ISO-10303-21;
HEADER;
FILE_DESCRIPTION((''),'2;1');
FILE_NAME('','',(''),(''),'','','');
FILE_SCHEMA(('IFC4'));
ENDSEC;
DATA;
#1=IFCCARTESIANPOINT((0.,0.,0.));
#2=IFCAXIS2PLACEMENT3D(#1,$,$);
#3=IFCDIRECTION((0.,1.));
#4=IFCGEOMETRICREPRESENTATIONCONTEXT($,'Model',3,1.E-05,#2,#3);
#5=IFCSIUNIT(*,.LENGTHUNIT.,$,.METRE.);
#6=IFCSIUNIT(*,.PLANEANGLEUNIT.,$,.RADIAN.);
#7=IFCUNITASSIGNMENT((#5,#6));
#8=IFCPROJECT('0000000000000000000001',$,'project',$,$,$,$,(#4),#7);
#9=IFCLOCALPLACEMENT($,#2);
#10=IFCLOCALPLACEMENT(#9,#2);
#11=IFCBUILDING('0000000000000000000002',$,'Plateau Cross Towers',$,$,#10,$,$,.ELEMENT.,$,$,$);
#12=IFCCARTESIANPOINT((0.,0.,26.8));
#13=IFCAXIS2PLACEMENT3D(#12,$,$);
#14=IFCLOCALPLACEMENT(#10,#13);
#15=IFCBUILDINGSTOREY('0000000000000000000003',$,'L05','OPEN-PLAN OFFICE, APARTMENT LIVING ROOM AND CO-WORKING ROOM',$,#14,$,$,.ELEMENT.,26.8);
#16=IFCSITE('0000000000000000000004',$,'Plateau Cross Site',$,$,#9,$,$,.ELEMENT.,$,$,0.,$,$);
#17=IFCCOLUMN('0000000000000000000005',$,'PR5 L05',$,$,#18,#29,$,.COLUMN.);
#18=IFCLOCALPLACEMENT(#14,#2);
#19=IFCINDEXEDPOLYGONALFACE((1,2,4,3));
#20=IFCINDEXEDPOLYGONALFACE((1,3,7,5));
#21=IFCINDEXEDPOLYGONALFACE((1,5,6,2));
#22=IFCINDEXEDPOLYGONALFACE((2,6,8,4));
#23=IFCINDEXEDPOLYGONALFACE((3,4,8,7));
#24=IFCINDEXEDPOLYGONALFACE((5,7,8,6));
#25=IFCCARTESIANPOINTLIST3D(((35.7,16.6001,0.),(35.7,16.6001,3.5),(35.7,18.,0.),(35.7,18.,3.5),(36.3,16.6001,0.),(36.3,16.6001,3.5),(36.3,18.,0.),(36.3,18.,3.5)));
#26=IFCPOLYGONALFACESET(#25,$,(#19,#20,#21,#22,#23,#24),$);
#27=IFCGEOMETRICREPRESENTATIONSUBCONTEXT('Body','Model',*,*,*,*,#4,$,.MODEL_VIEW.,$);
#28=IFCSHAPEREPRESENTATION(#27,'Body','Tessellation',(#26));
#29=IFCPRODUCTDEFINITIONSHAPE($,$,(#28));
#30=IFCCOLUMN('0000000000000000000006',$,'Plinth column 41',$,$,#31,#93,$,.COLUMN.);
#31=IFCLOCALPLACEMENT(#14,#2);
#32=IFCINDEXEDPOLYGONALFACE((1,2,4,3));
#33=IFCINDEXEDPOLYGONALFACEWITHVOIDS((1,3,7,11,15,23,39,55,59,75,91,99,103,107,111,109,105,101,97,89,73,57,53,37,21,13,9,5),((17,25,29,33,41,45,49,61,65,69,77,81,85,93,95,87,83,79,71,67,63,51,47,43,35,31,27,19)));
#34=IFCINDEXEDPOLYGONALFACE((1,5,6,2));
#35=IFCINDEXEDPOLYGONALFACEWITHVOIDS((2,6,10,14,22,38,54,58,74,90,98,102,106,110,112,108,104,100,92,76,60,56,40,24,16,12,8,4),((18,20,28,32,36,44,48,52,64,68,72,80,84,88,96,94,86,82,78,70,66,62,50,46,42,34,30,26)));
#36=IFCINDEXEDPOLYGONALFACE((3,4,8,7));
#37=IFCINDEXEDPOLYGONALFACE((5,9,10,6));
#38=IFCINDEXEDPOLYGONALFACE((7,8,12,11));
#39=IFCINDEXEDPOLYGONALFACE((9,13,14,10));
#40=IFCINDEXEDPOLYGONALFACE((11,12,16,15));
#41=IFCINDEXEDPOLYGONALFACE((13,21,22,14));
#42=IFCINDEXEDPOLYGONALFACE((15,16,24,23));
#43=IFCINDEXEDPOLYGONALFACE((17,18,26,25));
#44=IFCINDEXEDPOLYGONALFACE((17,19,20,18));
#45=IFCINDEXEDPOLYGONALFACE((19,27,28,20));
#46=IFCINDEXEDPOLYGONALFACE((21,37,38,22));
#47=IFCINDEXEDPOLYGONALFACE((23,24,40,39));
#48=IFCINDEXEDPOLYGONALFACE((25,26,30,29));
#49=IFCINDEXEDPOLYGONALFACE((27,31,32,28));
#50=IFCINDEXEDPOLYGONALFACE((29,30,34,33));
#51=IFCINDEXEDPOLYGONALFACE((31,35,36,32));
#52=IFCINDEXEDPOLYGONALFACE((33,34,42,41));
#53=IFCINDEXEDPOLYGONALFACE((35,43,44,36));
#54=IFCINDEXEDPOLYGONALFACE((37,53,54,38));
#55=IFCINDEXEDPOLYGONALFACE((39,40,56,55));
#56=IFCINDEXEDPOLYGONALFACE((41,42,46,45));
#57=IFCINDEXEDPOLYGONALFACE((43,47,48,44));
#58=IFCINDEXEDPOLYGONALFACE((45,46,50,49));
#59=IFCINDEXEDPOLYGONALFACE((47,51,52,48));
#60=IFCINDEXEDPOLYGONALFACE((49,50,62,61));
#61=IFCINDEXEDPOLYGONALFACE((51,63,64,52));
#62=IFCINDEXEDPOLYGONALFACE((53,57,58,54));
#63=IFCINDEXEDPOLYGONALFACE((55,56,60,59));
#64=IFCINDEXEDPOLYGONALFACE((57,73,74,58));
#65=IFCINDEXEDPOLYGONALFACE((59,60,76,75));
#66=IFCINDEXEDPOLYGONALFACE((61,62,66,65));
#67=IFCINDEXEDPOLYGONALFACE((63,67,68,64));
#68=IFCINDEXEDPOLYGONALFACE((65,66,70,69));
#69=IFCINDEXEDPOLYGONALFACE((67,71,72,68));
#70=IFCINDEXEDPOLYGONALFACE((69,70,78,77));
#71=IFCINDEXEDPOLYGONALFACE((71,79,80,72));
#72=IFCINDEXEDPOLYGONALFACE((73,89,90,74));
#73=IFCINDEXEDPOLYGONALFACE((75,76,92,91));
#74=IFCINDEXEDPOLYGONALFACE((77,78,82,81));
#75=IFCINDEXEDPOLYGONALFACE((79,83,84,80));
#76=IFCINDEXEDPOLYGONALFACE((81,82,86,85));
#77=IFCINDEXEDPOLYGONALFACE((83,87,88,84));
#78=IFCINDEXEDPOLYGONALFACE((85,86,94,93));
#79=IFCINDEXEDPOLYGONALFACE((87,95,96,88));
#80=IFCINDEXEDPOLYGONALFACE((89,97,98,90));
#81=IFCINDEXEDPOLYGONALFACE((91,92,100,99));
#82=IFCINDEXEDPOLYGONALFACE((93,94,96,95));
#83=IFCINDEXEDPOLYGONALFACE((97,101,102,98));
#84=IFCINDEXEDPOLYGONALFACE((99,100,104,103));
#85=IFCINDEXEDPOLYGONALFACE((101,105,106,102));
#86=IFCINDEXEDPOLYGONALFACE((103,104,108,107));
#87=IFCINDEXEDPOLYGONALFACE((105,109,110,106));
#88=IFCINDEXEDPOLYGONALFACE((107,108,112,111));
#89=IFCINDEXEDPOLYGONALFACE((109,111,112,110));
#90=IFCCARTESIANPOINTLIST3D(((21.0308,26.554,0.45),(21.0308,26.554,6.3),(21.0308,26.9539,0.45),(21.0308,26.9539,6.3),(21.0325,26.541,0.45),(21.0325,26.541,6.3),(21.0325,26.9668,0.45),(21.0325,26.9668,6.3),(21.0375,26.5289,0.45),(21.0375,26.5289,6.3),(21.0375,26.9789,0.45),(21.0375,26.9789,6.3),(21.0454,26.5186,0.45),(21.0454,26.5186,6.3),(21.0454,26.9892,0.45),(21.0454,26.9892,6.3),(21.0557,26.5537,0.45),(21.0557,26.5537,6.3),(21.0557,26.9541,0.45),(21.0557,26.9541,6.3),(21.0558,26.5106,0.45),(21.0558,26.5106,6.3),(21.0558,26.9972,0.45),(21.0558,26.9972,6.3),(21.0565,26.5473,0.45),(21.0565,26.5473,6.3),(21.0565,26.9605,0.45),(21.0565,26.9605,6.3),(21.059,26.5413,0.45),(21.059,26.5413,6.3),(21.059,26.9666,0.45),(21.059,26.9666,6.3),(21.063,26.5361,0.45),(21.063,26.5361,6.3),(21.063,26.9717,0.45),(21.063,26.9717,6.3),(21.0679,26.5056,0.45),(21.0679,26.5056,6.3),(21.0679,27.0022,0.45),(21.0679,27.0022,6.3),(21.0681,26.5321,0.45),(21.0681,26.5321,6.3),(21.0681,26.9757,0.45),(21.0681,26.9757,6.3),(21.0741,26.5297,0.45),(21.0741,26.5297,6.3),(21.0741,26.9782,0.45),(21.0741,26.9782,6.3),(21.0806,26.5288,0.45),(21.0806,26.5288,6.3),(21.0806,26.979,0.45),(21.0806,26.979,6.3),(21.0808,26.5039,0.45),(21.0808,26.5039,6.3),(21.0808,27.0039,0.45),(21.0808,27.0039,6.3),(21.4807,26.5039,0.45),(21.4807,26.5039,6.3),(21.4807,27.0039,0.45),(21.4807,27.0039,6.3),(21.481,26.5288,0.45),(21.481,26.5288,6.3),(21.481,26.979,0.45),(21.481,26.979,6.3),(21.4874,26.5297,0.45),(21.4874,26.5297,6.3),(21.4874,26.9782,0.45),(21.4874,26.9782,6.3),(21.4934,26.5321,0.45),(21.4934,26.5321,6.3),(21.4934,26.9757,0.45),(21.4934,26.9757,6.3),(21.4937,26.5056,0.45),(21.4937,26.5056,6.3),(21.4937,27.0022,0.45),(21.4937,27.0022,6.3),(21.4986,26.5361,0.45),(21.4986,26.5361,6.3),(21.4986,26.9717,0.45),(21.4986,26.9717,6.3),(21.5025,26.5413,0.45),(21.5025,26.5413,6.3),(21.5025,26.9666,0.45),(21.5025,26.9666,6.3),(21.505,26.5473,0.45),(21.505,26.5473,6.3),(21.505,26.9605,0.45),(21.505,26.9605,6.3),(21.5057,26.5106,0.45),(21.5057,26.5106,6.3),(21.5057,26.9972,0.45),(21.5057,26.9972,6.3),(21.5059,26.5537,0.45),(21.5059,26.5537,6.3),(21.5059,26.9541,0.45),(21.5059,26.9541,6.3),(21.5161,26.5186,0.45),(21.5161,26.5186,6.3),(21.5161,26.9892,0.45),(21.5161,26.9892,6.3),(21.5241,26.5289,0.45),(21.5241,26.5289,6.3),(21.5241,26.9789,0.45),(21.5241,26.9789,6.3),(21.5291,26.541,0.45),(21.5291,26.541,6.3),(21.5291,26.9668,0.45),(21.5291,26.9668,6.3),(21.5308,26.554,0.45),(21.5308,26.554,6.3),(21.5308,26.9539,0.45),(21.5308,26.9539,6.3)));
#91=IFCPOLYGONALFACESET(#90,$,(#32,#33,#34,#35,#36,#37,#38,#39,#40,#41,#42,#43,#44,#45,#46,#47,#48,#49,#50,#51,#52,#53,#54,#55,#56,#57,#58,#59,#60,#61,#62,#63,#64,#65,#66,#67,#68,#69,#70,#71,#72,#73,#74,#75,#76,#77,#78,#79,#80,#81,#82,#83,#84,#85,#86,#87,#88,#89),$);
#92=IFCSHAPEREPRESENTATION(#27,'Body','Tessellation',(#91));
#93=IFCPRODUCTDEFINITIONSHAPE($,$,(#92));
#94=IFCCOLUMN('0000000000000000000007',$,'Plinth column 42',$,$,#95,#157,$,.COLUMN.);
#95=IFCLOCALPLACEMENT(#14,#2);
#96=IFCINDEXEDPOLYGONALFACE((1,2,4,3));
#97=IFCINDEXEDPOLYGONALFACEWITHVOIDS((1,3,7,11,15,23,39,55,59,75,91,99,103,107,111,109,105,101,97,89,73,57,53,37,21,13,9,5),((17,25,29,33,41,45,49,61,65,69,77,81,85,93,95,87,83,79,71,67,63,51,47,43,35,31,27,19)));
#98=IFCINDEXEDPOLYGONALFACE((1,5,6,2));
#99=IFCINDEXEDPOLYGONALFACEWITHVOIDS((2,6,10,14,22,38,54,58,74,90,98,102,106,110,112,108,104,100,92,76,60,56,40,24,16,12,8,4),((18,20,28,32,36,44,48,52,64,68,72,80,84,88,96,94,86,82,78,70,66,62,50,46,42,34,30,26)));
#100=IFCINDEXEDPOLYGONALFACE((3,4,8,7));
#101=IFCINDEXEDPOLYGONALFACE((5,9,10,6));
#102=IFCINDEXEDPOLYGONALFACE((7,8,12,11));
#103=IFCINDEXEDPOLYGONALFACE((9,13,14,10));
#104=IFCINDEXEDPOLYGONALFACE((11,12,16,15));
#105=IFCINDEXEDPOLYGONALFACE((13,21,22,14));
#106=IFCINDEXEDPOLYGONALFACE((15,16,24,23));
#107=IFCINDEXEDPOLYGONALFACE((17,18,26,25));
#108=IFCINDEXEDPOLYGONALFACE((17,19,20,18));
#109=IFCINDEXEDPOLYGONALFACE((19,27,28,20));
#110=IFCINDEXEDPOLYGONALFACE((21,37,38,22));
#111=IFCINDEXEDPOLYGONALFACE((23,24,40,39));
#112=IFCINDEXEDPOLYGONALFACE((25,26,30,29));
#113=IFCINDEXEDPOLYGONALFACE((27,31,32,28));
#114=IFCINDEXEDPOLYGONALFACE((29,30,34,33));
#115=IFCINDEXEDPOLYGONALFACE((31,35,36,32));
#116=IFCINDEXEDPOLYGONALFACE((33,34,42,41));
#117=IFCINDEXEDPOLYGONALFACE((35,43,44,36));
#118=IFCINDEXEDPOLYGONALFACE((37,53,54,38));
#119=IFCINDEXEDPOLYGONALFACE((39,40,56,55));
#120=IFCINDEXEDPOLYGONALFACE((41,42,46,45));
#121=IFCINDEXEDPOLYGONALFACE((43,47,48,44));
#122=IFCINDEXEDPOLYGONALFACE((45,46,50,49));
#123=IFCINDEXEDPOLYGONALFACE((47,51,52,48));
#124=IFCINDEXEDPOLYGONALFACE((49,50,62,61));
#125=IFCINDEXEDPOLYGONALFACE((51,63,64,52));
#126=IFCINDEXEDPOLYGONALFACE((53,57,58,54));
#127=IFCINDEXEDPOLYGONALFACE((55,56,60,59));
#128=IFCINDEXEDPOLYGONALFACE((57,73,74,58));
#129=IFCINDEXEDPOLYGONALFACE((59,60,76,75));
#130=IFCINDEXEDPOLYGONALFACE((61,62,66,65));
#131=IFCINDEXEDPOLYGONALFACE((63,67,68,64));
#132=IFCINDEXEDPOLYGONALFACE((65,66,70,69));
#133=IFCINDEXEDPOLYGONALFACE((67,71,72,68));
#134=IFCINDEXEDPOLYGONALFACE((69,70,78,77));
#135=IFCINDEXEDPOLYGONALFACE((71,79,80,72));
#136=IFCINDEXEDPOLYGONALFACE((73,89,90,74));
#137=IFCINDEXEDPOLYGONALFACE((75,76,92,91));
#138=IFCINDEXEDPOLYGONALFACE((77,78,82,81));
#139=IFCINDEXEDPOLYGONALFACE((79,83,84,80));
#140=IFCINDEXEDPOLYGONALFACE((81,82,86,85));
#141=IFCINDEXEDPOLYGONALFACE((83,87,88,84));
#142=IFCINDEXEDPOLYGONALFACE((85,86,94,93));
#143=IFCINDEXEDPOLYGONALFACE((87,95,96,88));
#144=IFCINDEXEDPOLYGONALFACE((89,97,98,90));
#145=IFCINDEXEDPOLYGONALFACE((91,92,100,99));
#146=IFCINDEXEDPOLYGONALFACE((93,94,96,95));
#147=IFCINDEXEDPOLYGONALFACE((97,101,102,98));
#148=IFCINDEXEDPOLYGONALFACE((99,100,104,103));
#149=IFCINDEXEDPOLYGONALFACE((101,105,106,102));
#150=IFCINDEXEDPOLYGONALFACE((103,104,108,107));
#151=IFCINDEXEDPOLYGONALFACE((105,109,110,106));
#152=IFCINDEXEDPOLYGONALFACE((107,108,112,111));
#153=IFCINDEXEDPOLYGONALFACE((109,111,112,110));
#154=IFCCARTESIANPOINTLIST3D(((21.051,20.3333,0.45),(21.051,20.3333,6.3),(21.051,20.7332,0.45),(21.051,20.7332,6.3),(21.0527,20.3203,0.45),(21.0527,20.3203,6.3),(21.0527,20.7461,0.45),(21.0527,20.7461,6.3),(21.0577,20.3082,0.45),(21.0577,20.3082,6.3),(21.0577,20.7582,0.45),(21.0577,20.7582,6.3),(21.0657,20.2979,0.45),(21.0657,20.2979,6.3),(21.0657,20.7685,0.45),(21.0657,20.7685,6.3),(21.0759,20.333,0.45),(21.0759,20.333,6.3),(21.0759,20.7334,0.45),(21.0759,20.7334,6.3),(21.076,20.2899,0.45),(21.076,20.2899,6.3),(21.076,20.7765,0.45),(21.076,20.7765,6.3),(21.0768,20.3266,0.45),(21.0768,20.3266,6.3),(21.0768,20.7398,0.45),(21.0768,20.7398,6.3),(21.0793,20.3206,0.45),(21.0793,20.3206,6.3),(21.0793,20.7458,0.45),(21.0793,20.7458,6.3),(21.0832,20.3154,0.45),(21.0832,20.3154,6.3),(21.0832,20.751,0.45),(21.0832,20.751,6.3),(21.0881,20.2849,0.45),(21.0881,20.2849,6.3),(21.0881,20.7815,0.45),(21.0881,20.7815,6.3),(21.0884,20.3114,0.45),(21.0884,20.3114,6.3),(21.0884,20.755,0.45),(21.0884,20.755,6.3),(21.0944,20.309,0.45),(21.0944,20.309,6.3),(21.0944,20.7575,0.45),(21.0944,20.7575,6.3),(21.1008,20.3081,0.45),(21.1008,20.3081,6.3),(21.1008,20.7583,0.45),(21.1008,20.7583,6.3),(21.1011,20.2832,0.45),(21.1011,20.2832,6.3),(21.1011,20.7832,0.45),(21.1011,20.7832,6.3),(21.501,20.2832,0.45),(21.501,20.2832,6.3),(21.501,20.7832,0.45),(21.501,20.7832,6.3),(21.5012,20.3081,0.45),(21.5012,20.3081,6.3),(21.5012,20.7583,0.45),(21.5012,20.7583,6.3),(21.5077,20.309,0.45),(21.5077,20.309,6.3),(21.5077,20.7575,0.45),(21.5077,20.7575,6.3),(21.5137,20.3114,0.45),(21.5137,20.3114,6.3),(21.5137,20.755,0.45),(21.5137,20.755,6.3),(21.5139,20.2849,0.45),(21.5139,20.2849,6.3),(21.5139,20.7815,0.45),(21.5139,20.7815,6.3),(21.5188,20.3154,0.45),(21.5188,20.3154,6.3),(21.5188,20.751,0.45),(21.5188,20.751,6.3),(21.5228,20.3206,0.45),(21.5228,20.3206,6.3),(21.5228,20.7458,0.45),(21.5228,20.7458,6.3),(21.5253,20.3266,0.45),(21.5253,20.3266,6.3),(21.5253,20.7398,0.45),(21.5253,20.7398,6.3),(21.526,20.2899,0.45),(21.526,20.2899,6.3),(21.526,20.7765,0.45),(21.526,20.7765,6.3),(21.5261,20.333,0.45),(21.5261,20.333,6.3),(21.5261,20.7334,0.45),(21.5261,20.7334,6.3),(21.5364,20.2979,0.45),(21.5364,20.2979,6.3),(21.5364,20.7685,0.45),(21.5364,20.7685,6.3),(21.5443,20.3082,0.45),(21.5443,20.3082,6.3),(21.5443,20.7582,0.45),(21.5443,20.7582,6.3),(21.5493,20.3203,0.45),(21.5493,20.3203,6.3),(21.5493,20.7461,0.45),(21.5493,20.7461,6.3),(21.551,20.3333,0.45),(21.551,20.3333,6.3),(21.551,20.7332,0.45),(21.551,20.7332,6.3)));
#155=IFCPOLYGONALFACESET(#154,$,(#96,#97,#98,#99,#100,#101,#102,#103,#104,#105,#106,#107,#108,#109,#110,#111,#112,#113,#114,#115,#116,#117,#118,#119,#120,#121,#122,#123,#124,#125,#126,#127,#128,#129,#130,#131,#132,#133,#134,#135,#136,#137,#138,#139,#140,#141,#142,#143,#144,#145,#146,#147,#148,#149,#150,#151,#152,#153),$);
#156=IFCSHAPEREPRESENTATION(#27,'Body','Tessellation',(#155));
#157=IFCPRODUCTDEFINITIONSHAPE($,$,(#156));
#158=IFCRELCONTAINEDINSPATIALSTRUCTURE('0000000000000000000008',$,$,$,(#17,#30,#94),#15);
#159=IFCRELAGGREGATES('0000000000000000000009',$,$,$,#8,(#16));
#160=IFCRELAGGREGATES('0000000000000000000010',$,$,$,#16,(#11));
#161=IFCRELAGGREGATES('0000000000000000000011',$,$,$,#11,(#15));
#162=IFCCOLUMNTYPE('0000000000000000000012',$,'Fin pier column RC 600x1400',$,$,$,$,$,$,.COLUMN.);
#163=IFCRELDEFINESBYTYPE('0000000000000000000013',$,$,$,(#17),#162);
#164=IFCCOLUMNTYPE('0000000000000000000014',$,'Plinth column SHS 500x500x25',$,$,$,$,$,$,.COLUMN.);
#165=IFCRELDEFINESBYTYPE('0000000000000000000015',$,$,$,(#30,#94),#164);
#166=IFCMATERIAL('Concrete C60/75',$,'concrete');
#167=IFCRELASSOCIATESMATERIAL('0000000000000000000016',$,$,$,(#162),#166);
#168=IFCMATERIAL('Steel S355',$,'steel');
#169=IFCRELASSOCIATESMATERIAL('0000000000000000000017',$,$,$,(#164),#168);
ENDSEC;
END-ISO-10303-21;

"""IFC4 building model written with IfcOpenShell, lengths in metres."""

from ifc_helpers import new_model, si_unit, direction, frame, origin, origin_2d, place, context, subcontext, project, spatial, rectangle, hollow_rectangle, extrude, material, material_profile, profile_set, type_object, element, save


model = new_model("IFC4")

# Units and contexts
model_context = context("Model", 3, precision=1e-05, world=origin(), true_north=direction((0.0, 1.0)))
body_context = subcontext(model_context, "Body", "Model", "MODEL_VIEW")
ifc_project = project(units=[si_unit("LENGTHUNIT", "METRE"), si_unit("PLANEANGLEUNIT", "RADIAN")], contexts=[model_context])

# Site, building, storey
site_placement = place(None, origin())
site = spatial("IfcSite", under=ifc_project, at=site_placement, Name="Plateau Cross Site", CompositionType="ELEMENT", RefElevation=0.0)
building_placement = place(site_placement, origin())
building = spatial("IfcBuilding", under=site, at=building_placement, Name="Plateau Cross Towers", CompositionType="ELEMENT")
storey_placement = place(building_placement, frame((0.0, 0.0, 26.8)))
storey = spatial("IfcBuildingStorey", under=building, at=storey_placement, Name="L05", Description="OPEN-PLAN OFFICE, APARTMENT LIVING ROOM AND CO-WORKING ROOM", CompositionType="ELEMENT", Elevation=26.8)

# Columns
ifc_material_1 = material(Name="Concrete C60/75", Category="concrete")
ifc_material_profile_1 = material_profile(ifc_material_1, rectangle(XDim=0.6001, YDim=1.3999, at=origin_2d()), Name="RC 600x1400")
ifc_profile_set_1 = profile_set([ifc_material_profile_1], Name="Concrete C60/75")
column_type_1 = type_object("IfcColumnType", Name="Fin pier column RC 600x1400", PredefinedType="COLUMN", material=ifc_profile_set_1)
column_placement = place(storey_placement, frame((36.0, 17.3, 0.0), z_axis=(0.0, 0.0, 1.0), x_axis=(1.0, 0.0, 0.0)))
element("IfcColumn", 1, at=column_placement, inside=storey, type_object=column_type_1, Name="PR5 L05", PredefinedType="COLUMN", context=body_context, shape_type="SweptSolid", body=[
    extrude(rectangle(XDim=0.6001, YDim=1.3999, at=origin_2d()), origin(), (0.0, 0.0, 1.0), 3.5),
])
ifc_material_2 = material(Name="Steel S355", Category="steel")
ifc_material_profile_2 = material_profile(ifc_material_2, hollow_rectangle(XDim=0.5, YDim=0.5, WallThickness=0.0249, InnerFilletRadius=0.0249, OuterFilletRadius=0.05, at=origin_2d()), Name="SHS 500x500x25")
ifc_profile_set_2 = profile_set([ifc_material_profile_2], Name="Steel S355")
column_type_2 = type_object("IfcColumnType", Name="Plinth column SHS 500x500x25", PredefinedType="COLUMN", material=ifc_profile_set_2)
for number, where, z_axis, x_axis, name in (
    (2, (21.2808, 26.7539, 0.45), (0.0, 0.0, 1.0), (1.0, 0.0, 0.0), "Plinth column 41"),
    (3, (21.301, 20.5332, 0.45), (0.0, 0.0, 1.0), (1.0, 0.0, 0.0), "Plinth column 42"),
):
    element("IfcColumn", number, at=place(storey_placement, frame(where, z_axis=z_axis, x_axis=x_axis)), inside=storey, type_object=column_type_2, Name=name, PredefinedType="COLUMN", context=body_context, shape_type="SweptSolid", body=[
        extrude(hollow_rectangle(XDim=0.5, YDim=0.5, WallThickness=0.0249, InnerFilletRadius=0.0249, OuterFilletRadius=0.05, at=origin_2d()), origin(), (0.0, 0.0, 1.0), 5.8501),
    ])

save(model, "model.ifc")
